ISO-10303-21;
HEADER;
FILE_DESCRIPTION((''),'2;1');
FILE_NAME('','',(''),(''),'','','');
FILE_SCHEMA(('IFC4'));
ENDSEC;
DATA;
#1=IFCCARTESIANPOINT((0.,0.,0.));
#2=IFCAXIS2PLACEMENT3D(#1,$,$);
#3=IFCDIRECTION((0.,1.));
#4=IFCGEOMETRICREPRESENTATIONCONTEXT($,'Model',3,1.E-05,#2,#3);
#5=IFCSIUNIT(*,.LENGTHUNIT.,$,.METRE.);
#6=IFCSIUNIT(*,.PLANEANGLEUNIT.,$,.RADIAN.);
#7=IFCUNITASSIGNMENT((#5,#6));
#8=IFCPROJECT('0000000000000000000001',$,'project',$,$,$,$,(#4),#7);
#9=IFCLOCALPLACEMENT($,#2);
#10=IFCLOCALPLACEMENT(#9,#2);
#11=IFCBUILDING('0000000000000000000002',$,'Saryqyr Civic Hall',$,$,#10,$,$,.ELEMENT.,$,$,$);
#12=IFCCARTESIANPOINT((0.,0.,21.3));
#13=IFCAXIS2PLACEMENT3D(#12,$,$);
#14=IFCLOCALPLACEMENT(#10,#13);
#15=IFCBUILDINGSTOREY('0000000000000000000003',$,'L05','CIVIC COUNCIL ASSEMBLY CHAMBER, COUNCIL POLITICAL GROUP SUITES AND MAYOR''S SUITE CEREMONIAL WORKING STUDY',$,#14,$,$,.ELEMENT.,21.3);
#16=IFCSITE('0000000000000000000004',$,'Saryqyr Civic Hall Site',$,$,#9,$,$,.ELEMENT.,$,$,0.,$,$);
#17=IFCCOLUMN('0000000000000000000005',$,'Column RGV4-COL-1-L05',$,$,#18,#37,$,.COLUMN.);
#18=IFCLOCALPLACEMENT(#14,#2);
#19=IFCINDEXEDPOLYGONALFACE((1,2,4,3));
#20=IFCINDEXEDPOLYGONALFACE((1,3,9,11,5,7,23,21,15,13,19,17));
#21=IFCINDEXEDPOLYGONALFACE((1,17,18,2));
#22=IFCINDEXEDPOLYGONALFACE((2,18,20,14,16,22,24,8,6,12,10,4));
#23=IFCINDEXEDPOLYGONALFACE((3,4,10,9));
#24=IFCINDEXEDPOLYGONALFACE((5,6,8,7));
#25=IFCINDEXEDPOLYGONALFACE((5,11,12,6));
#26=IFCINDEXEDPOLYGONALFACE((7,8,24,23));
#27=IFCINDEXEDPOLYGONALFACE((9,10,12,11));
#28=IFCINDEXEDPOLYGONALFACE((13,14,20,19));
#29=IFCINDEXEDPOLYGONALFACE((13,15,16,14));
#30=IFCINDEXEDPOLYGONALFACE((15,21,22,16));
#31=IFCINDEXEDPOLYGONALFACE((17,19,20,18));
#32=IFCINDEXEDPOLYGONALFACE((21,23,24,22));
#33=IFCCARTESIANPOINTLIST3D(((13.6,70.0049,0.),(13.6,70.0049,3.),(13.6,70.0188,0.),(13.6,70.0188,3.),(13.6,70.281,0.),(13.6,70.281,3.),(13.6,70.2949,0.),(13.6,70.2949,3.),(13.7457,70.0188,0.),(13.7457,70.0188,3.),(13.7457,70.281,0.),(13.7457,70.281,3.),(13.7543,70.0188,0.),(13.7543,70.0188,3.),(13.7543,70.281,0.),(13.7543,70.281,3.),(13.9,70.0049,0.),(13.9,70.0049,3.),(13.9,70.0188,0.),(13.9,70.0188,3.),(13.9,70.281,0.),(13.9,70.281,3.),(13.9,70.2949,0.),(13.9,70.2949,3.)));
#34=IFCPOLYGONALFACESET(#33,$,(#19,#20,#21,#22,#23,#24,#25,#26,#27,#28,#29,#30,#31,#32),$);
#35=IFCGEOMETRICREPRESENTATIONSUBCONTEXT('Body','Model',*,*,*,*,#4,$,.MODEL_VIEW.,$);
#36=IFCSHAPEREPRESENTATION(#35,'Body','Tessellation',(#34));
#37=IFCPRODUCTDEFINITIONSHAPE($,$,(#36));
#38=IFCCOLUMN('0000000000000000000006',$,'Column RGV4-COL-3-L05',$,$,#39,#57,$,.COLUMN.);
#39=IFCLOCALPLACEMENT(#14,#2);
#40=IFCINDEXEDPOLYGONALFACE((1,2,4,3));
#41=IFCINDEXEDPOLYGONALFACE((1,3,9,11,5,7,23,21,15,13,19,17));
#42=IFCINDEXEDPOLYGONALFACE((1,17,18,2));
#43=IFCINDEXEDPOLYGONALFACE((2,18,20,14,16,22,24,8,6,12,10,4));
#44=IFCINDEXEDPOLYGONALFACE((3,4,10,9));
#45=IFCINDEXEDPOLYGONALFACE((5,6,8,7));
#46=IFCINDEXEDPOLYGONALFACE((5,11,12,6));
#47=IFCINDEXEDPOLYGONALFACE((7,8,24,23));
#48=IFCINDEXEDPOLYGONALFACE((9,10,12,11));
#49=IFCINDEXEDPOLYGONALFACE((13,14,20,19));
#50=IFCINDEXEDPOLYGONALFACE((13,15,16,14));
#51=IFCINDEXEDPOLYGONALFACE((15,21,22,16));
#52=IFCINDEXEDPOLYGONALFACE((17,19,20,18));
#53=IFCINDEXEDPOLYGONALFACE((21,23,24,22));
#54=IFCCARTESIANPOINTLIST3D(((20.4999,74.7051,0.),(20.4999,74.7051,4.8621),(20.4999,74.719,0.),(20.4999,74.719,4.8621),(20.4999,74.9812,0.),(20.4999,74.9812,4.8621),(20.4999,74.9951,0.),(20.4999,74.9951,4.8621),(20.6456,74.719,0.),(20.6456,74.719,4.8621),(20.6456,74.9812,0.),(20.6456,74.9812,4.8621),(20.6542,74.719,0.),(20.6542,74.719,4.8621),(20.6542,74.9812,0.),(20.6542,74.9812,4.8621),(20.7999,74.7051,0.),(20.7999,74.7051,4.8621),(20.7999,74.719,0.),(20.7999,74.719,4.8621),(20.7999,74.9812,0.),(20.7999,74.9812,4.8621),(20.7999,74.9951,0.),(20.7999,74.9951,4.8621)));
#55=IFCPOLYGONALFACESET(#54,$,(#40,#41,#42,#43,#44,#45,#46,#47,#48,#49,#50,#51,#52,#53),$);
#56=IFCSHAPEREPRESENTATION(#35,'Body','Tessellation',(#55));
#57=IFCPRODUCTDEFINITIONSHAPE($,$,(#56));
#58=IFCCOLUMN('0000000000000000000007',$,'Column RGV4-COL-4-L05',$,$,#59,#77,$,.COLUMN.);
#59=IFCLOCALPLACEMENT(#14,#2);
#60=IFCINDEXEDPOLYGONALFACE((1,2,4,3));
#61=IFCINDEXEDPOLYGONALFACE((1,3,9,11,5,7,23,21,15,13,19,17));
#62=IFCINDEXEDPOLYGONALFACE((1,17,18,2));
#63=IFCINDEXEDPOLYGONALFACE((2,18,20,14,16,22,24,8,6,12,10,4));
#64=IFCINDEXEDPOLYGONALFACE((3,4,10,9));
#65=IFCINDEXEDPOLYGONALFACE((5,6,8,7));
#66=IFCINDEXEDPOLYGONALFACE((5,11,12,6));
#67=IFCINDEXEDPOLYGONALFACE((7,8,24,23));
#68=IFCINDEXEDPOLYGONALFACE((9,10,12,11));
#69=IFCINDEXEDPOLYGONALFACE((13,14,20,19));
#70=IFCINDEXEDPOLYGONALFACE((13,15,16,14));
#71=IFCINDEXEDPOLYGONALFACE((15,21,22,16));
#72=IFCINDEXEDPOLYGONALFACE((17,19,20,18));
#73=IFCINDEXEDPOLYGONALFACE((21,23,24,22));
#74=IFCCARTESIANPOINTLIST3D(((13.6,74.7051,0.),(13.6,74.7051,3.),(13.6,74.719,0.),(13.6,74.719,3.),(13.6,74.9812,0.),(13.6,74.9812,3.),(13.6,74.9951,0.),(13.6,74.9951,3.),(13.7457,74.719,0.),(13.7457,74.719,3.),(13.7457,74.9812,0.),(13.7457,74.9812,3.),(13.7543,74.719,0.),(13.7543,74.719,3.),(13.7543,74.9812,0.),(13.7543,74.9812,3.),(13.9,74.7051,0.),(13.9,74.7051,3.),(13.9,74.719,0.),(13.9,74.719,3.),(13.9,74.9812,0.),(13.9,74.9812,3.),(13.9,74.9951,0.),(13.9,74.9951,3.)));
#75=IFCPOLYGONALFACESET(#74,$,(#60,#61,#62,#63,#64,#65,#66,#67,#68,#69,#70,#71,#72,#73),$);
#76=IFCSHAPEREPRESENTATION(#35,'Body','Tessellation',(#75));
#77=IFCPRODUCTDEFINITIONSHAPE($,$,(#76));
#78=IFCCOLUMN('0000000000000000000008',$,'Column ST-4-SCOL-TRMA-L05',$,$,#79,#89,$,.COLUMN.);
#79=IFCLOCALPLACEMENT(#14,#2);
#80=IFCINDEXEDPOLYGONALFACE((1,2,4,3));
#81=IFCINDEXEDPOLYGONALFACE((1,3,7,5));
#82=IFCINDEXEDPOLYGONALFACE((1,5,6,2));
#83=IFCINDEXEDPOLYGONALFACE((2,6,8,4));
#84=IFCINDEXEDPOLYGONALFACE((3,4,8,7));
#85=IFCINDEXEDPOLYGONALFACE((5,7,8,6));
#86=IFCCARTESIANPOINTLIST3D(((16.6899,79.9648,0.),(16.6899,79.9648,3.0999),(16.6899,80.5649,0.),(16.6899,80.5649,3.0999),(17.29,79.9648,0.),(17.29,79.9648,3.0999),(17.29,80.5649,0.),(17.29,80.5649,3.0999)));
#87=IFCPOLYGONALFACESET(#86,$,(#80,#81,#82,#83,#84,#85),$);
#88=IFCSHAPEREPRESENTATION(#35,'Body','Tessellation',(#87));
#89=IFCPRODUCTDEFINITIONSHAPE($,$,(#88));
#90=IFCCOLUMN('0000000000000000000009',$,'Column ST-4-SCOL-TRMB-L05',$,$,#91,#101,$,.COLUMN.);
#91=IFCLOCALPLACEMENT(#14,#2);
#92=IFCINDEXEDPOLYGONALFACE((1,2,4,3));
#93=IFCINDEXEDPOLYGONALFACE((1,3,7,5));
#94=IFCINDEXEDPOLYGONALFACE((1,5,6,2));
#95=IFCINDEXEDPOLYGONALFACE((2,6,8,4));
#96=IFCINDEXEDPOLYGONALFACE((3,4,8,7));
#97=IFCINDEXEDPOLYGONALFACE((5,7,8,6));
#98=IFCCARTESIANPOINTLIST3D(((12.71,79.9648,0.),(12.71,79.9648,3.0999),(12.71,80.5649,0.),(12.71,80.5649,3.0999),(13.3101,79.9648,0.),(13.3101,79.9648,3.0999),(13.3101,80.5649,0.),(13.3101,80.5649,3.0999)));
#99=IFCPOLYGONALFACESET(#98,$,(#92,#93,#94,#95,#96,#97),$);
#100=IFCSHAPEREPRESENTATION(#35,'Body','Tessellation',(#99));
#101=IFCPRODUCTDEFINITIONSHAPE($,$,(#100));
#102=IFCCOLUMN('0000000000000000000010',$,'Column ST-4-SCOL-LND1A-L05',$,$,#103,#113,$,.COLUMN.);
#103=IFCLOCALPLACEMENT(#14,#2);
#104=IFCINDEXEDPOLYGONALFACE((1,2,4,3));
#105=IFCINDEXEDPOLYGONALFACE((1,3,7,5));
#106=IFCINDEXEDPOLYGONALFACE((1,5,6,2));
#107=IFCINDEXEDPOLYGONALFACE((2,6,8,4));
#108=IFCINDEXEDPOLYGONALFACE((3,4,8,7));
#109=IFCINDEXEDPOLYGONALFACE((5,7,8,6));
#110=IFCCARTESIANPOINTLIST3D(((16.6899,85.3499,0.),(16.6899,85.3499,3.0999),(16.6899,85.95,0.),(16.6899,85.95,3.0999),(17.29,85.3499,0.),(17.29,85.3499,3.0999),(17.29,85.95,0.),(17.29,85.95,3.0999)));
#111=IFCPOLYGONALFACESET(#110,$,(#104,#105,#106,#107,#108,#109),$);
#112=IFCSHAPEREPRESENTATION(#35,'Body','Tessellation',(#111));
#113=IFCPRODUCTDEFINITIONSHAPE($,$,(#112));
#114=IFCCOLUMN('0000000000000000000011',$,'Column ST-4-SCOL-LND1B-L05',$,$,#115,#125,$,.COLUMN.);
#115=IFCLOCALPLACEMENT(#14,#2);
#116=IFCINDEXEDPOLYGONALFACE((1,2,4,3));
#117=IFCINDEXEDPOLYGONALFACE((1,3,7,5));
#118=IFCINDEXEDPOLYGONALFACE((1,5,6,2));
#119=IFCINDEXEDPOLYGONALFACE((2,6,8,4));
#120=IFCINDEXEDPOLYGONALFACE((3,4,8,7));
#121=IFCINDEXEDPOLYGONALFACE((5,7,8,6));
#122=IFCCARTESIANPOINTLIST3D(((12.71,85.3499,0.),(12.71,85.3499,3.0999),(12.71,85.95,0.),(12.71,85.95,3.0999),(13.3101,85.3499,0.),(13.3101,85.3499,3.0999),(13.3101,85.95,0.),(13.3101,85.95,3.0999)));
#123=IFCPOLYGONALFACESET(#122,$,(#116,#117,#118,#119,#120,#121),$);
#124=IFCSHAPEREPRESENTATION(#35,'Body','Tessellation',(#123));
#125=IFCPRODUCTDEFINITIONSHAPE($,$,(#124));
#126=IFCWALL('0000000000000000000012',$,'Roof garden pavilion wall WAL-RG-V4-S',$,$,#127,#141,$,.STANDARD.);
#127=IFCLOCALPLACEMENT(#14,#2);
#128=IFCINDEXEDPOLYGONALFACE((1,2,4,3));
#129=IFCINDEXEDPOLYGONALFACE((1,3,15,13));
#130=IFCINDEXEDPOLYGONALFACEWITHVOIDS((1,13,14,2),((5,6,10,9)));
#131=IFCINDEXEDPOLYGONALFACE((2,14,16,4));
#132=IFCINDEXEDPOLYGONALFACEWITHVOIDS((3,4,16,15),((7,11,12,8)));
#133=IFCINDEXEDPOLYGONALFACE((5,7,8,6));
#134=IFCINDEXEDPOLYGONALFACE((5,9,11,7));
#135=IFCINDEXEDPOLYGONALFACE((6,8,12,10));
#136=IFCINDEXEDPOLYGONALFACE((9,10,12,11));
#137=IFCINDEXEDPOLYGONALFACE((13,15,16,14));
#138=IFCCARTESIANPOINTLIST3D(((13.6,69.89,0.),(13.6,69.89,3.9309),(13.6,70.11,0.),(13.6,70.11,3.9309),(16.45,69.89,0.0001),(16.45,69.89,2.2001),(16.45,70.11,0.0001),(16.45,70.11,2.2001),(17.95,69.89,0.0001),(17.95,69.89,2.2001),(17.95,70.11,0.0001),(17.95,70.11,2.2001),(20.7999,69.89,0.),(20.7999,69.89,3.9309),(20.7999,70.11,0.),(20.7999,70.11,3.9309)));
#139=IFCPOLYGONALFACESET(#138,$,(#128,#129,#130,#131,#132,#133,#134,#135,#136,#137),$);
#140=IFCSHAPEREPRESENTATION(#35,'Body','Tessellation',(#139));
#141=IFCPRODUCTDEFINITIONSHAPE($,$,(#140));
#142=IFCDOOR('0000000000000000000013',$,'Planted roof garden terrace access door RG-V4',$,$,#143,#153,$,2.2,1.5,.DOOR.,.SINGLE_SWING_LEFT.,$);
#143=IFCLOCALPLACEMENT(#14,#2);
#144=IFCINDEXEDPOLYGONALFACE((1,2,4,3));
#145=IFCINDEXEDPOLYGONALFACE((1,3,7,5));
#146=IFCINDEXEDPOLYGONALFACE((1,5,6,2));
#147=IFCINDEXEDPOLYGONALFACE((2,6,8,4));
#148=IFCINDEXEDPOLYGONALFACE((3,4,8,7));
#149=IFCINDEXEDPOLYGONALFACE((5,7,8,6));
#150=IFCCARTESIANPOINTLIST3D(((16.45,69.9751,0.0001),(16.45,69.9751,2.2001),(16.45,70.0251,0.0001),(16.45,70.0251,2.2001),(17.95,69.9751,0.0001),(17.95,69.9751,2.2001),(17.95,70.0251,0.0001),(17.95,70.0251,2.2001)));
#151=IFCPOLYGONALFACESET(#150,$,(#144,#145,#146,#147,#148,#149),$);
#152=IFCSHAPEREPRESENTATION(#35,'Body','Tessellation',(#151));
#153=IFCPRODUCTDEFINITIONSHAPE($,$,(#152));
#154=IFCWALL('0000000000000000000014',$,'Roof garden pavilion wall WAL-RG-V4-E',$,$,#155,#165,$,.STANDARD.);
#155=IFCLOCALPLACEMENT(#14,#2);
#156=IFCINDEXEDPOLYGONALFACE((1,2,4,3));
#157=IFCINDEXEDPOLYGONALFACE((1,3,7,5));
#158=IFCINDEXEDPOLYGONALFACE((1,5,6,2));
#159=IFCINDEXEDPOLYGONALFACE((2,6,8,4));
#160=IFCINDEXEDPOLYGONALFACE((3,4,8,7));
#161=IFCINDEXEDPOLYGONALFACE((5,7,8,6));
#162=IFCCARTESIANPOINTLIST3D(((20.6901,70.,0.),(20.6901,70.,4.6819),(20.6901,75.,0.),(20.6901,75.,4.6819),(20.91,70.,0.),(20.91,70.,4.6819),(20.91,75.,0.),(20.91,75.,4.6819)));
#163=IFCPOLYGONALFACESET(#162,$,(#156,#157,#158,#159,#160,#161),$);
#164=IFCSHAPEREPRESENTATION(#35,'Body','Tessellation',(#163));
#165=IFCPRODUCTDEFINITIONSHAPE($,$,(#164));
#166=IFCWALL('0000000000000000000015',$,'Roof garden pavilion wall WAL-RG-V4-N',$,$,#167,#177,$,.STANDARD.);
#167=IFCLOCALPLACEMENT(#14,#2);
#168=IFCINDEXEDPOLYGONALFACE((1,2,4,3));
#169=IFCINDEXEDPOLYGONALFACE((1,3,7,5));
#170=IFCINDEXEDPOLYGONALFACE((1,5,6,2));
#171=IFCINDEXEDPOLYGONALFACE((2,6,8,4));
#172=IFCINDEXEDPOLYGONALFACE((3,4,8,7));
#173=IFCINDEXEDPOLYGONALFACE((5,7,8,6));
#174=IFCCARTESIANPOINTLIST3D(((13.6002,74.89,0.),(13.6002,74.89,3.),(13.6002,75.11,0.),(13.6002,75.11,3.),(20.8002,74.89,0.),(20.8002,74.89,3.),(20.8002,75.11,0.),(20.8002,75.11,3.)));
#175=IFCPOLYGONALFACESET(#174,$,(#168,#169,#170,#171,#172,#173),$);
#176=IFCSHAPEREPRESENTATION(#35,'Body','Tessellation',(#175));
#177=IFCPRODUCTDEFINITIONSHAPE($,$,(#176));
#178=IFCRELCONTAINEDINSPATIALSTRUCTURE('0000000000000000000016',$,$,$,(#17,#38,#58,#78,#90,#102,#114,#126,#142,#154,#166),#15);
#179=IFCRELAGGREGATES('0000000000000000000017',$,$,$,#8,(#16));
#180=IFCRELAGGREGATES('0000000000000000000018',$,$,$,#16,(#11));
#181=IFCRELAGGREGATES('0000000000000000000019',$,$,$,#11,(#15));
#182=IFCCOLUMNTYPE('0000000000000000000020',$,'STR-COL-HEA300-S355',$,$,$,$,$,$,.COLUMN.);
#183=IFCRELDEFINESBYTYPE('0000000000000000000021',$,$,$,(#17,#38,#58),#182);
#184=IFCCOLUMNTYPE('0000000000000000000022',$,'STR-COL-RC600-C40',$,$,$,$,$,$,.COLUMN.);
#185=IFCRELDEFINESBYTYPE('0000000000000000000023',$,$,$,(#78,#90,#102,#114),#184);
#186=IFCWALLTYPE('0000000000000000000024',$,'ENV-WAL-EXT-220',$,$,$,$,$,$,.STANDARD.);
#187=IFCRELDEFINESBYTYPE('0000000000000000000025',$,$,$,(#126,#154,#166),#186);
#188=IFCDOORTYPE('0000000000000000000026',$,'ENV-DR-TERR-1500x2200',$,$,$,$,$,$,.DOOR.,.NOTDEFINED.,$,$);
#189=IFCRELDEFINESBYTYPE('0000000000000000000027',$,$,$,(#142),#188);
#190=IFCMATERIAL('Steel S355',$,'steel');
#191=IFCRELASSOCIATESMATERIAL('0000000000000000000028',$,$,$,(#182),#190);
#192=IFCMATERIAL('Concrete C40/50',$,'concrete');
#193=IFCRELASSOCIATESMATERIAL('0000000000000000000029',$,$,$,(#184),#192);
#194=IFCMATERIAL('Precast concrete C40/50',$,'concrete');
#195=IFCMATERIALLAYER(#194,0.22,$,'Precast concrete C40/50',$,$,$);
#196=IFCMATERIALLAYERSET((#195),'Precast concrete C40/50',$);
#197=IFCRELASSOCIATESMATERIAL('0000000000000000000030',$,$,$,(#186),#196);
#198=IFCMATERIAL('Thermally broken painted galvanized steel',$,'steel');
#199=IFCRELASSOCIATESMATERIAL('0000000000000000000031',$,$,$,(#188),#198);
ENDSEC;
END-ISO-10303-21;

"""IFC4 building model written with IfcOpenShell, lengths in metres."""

from ifc_helpers import new_model, si_unit, direction, frame, frame_2d, origin, origin_2d, place, context, subcontext, project, spatial, rectangle, i_section, extrude, material, layer, layer_set, material_profile, profile_set, type_object, element, fill, save


model = new_model("IFC4")

# Units and contexts
model_context = context("Model", 3, precision=1e-05, world=origin(), true_north=direction((0.0, 1.0)))
body_context = subcontext(model_context, "Body", "Model", "MODEL_VIEW")
ifc_project = project(units=[si_unit("LENGTHUNIT", "METRE"), si_unit("PLANEANGLEUNIT", "RADIAN")], contexts=[model_context])

# Site, building, storey
site_placement = place(None, origin())
site = spatial("IfcSite", under=ifc_project, at=site_placement, Name="Saryqyr Civic Hall Site", CompositionType="ELEMENT", RefElevation=0.0)
building_placement = place(site_placement, origin())
building = spatial("IfcBuilding", under=site, at=building_placement, Name="Saryqyr Civic Hall", CompositionType="ELEMENT")
storey_placement = place(building_placement, frame((0.0, 0.0, 21.3)))
storey = spatial("IfcBuildingStorey", under=building, at=storey_placement, Name="L05", Description="CIVIC COUNCIL ASSEMBLY CHAMBER, COUNCIL POLITICAL GROUP SUITES AND MAYOR'S SUITE CEREMONIAL WORKING STUDY", CompositionType="ELEMENT", Elevation=21.3)

# Columns
ifc_material_1 = material(Name="Steel S355", Category="steel")
ifc_material_profile_1 = material_profile(ifc_material_1, i_section(OverallWidth=0.3, OverallDepth=0.29, WebThickness=0.0085, FlangeThickness=0.0139, at=origin_2d()), Name="HEA 300")
ifc_profile_set_1 = profile_set([ifc_material_profile_1], Name="Steel S355")
column_type_1 = type_object("IfcColumnType", Name="STR-COL-HEA300-S355", PredefinedType="COLUMN", material=ifc_profile_set_1)
column_1_placement = place(storey_placement, frame((13.75, 70.1499, 0.0), z_axis=(0.0, 0.0, 1.0), x_axis=(1.0, 0.0, 0.0)))
element("IfcColumn", 1, at=column_1_placement, inside=storey, type_object=column_type_1, Name="Column RGV4-COL-1-L05", PredefinedType="COLUMN", context=body_context, shape_type="SweptSolid", body=[
    extrude(i_section(OverallWidth=0.3, OverallDepth=0.29, WebThickness=0.0085, FlangeThickness=0.0139, at=origin_2d()), origin(), (0.0, 0.0, 1.0), 3.0),
])
column_2_placement = place(storey_placement, frame((20.6499, 74.8501, 0.0), z_axis=(0.0, 0.0, 1.0), x_axis=(1.0, 0.0, 0.0)))
element("IfcColumn", 2, at=column_2_placement, inside=storey, type_object=column_type_1, Name="Column RGV4-COL-3-L05", PredefinedType="COLUMN", context=body_context, shape_type="SweptSolid", body=[
    extrude(i_section(OverallWidth=0.3, OverallDepth=0.29, WebThickness=0.0085, FlangeThickness=0.0139, at=origin_2d()), origin(), (0.0, 0.0, 1.0), 4.8621),
])
column_3_placement = place(storey_placement, frame((13.75, 74.8501, 0.0), z_axis=(0.0, 0.0, 1.0), x_axis=(1.0, 0.0, 0.0)))
element("IfcColumn", 3, at=column_3_placement, inside=storey, type_object=column_type_1, Name="Column RGV4-COL-4-L05", PredefinedType="COLUMN", context=body_context, shape_type="SweptSolid", body=[
    extrude(i_section(OverallWidth=0.3, OverallDepth=0.29, WebThickness=0.0085, FlangeThickness=0.0139, at=origin_2d()), origin(), (0.0, 0.0, 1.0), 3.0),
])
ifc_material_2 = material(Name="Concrete C40/50", Category="concrete")
ifc_material_profile_2 = material_profile(ifc_material_2, rectangle(XDim=0.6001, YDim=0.6001, at=origin_2d()), Name="RC 600x600")
ifc_profile_set_2 = profile_set([ifc_material_profile_2], Name="Concrete C40/50")
column_type_2 = type_object("IfcColumnType", Name="STR-COL-RC600-C40", PredefinedType="COLUMN", material=ifc_profile_set_2)
for number, where, z_axis, x_axis, name in (
    (4, (16.99, 80.2649, 0.0), (0.0, 0.0, 1.0), (1.0, 0.0, 0.0), "Column ST-4-SCOL-TRMA-L05"),
    (5, (13.01, 80.2649, 0.0), (0.0, 0.0, 1.0), (1.0, 0.0, 0.0), "Column ST-4-SCOL-TRMB-L05"),
    (6, (16.99, 85.6499, 0.0), (0.0, 0.0, 1.0), (1.0, 0.0, 0.0), "Column ST-4-SCOL-LND1A-L05"),
    (7, (13.01, 85.6499, 0.0), (0.0, 0.0, 1.0), (1.0, 0.0, 0.0), "Column ST-4-SCOL-LND1B-L05"),
):
    element("IfcColumn", number, at=place(storey_placement, frame(where, z_axis=z_axis, x_axis=x_axis)), inside=storey, type_object=column_type_2, Name=name, PredefinedType="COLUMN", context=body_context, shape_type="SweptSolid", body=[
        extrude(rectangle(XDim=0.6001, YDim=0.6001, at=origin_2d()), origin(), (0.0, 0.0, 1.0), 3.0999),
    ])

# Wall, opening, door
ifc_material_3 = material(Name="Precast concrete C40/50", Category="concrete")
ifc_layer_1 = layer(ifc_material_3, 0.22, Name="Precast concrete C40/50")
ifc_layer_set_1 = layer_set([ifc_layer_1], Name="Precast concrete C40/50")
wall_type_1 = type_object("IfcWallType", Name="ENV-WAL-EXT-220", PredefinedType="STANDARD", material=ifc_layer_set_1)
wall_1_placement = place(storey_placement, frame((20.8, 70.0, 0.0), z_axis=(0.0, 0.0, 1.0), x_axis=(-1.0, 0.0, 0.0)))
wall_1 = element("IfcWall", 8, at=wall_1_placement, inside=storey, type_object=wall_type_1, Name="Roof garden pavilion wall WAL-RG-V4-S", PredefinedType="STANDARD", context=body_context, shape_type="SweptSolid", body=[
    extrude(rectangle(XDim=7.2, YDim=0.22, at=frame_2d((3.6001, 0.0))), origin(), (0.0, 0.0, 1.0), 3.9309),
])
opening_1_placement = place(wall_1_placement, frame((2.8501, 0.0, 0.0)))
opening_1 = element("IfcOpeningElement", 9, at=opening_1_placement, cuts=wall_1, PredefinedType="OPENING", context=body_context, shape_type="SweptSolid", body=[
    extrude(rectangle(XDim=1.5, YDim=2.2, at=frame_2d((0.75, 1.1001))), frame((0.0, 0.1199, 0.0), z_axis=(0.0, -1.0, 0.0), x_axis=(1.0, 0.0, 0.0)), (0.0, 0.0, 1.0), 0.24),
])
ifc_material_4 = material(Name="Thermally broken painted galvanized steel", Category="steel")
door_type_1 = type_object("IfcDoorType", Name="ENV-DR-TERR-1500x2200", OperationType="NOTDEFINED", PredefinedType="DOOR", material=ifc_material_4)
door_1_placement = place(opening_1_placement, origin())
door_1 = element("IfcDoor", 10, at=door_1_placement, inside=storey, type_object=door_type_1, Name="Planted roof garden terrace access door RG-V4", OperationType="SINGLE_SWING_LEFT", OverallHeight=2.2, OverallWidth=1.5, PredefinedType="DOOR", context=body_context, shape_type="SweptSolid", body=[
    extrude(rectangle(XDim=1.5, YDim=2.2, at=frame_2d((0.75, 1.1001))), frame((0.0, 0.0249, 0.0), z_axis=(0.0, -1.0, 0.0), x_axis=(1.0, 0.0, 0.0)), (0.0, 0.0, 1.0), 0.05),
])
fill(opening_1, door_1)

# Walls
wall_2_placement = place(storey_placement, frame((20.8, 75.0, 0.0), z_axis=(0.0, 0.0, 1.0), x_axis=(0.0, -1.0, 0.0)))
element("IfcWall", 11, at=wall_2_placement, inside=storey, type_object=wall_type_1, Name="Roof garden pavilion wall WAL-RG-V4-E", PredefinedType="STANDARD", context=body_context, shape_type="SweptSolid", body=[
    extrude(rectangle(XDim=5.0, YDim=0.22, at=frame_2d((2.5, 0.0))), origin(), (0.0, 0.0, 1.0), 4.6819),
])
wall_3_placement = place(storey_placement, frame((13.6001, 75.0, 0.0), z_axis=(0.0, 0.0, 1.0), x_axis=(1.0, 0.0, 0.0)))
element("IfcWall", 12, at=wall_3_placement, inside=storey, type_object=wall_type_1, Name="Roof garden pavilion wall WAL-RG-V4-N", PredefinedType="STANDARD", context=body_context, shape_type="SweptSolid", body=[
    extrude(rectangle(XDim=7.2, YDim=0.22, at=frame_2d((3.6001, 0.0))), origin(), (0.0, 0.0, 1.0), 3.0),
])

save(model, "model.ifc")
